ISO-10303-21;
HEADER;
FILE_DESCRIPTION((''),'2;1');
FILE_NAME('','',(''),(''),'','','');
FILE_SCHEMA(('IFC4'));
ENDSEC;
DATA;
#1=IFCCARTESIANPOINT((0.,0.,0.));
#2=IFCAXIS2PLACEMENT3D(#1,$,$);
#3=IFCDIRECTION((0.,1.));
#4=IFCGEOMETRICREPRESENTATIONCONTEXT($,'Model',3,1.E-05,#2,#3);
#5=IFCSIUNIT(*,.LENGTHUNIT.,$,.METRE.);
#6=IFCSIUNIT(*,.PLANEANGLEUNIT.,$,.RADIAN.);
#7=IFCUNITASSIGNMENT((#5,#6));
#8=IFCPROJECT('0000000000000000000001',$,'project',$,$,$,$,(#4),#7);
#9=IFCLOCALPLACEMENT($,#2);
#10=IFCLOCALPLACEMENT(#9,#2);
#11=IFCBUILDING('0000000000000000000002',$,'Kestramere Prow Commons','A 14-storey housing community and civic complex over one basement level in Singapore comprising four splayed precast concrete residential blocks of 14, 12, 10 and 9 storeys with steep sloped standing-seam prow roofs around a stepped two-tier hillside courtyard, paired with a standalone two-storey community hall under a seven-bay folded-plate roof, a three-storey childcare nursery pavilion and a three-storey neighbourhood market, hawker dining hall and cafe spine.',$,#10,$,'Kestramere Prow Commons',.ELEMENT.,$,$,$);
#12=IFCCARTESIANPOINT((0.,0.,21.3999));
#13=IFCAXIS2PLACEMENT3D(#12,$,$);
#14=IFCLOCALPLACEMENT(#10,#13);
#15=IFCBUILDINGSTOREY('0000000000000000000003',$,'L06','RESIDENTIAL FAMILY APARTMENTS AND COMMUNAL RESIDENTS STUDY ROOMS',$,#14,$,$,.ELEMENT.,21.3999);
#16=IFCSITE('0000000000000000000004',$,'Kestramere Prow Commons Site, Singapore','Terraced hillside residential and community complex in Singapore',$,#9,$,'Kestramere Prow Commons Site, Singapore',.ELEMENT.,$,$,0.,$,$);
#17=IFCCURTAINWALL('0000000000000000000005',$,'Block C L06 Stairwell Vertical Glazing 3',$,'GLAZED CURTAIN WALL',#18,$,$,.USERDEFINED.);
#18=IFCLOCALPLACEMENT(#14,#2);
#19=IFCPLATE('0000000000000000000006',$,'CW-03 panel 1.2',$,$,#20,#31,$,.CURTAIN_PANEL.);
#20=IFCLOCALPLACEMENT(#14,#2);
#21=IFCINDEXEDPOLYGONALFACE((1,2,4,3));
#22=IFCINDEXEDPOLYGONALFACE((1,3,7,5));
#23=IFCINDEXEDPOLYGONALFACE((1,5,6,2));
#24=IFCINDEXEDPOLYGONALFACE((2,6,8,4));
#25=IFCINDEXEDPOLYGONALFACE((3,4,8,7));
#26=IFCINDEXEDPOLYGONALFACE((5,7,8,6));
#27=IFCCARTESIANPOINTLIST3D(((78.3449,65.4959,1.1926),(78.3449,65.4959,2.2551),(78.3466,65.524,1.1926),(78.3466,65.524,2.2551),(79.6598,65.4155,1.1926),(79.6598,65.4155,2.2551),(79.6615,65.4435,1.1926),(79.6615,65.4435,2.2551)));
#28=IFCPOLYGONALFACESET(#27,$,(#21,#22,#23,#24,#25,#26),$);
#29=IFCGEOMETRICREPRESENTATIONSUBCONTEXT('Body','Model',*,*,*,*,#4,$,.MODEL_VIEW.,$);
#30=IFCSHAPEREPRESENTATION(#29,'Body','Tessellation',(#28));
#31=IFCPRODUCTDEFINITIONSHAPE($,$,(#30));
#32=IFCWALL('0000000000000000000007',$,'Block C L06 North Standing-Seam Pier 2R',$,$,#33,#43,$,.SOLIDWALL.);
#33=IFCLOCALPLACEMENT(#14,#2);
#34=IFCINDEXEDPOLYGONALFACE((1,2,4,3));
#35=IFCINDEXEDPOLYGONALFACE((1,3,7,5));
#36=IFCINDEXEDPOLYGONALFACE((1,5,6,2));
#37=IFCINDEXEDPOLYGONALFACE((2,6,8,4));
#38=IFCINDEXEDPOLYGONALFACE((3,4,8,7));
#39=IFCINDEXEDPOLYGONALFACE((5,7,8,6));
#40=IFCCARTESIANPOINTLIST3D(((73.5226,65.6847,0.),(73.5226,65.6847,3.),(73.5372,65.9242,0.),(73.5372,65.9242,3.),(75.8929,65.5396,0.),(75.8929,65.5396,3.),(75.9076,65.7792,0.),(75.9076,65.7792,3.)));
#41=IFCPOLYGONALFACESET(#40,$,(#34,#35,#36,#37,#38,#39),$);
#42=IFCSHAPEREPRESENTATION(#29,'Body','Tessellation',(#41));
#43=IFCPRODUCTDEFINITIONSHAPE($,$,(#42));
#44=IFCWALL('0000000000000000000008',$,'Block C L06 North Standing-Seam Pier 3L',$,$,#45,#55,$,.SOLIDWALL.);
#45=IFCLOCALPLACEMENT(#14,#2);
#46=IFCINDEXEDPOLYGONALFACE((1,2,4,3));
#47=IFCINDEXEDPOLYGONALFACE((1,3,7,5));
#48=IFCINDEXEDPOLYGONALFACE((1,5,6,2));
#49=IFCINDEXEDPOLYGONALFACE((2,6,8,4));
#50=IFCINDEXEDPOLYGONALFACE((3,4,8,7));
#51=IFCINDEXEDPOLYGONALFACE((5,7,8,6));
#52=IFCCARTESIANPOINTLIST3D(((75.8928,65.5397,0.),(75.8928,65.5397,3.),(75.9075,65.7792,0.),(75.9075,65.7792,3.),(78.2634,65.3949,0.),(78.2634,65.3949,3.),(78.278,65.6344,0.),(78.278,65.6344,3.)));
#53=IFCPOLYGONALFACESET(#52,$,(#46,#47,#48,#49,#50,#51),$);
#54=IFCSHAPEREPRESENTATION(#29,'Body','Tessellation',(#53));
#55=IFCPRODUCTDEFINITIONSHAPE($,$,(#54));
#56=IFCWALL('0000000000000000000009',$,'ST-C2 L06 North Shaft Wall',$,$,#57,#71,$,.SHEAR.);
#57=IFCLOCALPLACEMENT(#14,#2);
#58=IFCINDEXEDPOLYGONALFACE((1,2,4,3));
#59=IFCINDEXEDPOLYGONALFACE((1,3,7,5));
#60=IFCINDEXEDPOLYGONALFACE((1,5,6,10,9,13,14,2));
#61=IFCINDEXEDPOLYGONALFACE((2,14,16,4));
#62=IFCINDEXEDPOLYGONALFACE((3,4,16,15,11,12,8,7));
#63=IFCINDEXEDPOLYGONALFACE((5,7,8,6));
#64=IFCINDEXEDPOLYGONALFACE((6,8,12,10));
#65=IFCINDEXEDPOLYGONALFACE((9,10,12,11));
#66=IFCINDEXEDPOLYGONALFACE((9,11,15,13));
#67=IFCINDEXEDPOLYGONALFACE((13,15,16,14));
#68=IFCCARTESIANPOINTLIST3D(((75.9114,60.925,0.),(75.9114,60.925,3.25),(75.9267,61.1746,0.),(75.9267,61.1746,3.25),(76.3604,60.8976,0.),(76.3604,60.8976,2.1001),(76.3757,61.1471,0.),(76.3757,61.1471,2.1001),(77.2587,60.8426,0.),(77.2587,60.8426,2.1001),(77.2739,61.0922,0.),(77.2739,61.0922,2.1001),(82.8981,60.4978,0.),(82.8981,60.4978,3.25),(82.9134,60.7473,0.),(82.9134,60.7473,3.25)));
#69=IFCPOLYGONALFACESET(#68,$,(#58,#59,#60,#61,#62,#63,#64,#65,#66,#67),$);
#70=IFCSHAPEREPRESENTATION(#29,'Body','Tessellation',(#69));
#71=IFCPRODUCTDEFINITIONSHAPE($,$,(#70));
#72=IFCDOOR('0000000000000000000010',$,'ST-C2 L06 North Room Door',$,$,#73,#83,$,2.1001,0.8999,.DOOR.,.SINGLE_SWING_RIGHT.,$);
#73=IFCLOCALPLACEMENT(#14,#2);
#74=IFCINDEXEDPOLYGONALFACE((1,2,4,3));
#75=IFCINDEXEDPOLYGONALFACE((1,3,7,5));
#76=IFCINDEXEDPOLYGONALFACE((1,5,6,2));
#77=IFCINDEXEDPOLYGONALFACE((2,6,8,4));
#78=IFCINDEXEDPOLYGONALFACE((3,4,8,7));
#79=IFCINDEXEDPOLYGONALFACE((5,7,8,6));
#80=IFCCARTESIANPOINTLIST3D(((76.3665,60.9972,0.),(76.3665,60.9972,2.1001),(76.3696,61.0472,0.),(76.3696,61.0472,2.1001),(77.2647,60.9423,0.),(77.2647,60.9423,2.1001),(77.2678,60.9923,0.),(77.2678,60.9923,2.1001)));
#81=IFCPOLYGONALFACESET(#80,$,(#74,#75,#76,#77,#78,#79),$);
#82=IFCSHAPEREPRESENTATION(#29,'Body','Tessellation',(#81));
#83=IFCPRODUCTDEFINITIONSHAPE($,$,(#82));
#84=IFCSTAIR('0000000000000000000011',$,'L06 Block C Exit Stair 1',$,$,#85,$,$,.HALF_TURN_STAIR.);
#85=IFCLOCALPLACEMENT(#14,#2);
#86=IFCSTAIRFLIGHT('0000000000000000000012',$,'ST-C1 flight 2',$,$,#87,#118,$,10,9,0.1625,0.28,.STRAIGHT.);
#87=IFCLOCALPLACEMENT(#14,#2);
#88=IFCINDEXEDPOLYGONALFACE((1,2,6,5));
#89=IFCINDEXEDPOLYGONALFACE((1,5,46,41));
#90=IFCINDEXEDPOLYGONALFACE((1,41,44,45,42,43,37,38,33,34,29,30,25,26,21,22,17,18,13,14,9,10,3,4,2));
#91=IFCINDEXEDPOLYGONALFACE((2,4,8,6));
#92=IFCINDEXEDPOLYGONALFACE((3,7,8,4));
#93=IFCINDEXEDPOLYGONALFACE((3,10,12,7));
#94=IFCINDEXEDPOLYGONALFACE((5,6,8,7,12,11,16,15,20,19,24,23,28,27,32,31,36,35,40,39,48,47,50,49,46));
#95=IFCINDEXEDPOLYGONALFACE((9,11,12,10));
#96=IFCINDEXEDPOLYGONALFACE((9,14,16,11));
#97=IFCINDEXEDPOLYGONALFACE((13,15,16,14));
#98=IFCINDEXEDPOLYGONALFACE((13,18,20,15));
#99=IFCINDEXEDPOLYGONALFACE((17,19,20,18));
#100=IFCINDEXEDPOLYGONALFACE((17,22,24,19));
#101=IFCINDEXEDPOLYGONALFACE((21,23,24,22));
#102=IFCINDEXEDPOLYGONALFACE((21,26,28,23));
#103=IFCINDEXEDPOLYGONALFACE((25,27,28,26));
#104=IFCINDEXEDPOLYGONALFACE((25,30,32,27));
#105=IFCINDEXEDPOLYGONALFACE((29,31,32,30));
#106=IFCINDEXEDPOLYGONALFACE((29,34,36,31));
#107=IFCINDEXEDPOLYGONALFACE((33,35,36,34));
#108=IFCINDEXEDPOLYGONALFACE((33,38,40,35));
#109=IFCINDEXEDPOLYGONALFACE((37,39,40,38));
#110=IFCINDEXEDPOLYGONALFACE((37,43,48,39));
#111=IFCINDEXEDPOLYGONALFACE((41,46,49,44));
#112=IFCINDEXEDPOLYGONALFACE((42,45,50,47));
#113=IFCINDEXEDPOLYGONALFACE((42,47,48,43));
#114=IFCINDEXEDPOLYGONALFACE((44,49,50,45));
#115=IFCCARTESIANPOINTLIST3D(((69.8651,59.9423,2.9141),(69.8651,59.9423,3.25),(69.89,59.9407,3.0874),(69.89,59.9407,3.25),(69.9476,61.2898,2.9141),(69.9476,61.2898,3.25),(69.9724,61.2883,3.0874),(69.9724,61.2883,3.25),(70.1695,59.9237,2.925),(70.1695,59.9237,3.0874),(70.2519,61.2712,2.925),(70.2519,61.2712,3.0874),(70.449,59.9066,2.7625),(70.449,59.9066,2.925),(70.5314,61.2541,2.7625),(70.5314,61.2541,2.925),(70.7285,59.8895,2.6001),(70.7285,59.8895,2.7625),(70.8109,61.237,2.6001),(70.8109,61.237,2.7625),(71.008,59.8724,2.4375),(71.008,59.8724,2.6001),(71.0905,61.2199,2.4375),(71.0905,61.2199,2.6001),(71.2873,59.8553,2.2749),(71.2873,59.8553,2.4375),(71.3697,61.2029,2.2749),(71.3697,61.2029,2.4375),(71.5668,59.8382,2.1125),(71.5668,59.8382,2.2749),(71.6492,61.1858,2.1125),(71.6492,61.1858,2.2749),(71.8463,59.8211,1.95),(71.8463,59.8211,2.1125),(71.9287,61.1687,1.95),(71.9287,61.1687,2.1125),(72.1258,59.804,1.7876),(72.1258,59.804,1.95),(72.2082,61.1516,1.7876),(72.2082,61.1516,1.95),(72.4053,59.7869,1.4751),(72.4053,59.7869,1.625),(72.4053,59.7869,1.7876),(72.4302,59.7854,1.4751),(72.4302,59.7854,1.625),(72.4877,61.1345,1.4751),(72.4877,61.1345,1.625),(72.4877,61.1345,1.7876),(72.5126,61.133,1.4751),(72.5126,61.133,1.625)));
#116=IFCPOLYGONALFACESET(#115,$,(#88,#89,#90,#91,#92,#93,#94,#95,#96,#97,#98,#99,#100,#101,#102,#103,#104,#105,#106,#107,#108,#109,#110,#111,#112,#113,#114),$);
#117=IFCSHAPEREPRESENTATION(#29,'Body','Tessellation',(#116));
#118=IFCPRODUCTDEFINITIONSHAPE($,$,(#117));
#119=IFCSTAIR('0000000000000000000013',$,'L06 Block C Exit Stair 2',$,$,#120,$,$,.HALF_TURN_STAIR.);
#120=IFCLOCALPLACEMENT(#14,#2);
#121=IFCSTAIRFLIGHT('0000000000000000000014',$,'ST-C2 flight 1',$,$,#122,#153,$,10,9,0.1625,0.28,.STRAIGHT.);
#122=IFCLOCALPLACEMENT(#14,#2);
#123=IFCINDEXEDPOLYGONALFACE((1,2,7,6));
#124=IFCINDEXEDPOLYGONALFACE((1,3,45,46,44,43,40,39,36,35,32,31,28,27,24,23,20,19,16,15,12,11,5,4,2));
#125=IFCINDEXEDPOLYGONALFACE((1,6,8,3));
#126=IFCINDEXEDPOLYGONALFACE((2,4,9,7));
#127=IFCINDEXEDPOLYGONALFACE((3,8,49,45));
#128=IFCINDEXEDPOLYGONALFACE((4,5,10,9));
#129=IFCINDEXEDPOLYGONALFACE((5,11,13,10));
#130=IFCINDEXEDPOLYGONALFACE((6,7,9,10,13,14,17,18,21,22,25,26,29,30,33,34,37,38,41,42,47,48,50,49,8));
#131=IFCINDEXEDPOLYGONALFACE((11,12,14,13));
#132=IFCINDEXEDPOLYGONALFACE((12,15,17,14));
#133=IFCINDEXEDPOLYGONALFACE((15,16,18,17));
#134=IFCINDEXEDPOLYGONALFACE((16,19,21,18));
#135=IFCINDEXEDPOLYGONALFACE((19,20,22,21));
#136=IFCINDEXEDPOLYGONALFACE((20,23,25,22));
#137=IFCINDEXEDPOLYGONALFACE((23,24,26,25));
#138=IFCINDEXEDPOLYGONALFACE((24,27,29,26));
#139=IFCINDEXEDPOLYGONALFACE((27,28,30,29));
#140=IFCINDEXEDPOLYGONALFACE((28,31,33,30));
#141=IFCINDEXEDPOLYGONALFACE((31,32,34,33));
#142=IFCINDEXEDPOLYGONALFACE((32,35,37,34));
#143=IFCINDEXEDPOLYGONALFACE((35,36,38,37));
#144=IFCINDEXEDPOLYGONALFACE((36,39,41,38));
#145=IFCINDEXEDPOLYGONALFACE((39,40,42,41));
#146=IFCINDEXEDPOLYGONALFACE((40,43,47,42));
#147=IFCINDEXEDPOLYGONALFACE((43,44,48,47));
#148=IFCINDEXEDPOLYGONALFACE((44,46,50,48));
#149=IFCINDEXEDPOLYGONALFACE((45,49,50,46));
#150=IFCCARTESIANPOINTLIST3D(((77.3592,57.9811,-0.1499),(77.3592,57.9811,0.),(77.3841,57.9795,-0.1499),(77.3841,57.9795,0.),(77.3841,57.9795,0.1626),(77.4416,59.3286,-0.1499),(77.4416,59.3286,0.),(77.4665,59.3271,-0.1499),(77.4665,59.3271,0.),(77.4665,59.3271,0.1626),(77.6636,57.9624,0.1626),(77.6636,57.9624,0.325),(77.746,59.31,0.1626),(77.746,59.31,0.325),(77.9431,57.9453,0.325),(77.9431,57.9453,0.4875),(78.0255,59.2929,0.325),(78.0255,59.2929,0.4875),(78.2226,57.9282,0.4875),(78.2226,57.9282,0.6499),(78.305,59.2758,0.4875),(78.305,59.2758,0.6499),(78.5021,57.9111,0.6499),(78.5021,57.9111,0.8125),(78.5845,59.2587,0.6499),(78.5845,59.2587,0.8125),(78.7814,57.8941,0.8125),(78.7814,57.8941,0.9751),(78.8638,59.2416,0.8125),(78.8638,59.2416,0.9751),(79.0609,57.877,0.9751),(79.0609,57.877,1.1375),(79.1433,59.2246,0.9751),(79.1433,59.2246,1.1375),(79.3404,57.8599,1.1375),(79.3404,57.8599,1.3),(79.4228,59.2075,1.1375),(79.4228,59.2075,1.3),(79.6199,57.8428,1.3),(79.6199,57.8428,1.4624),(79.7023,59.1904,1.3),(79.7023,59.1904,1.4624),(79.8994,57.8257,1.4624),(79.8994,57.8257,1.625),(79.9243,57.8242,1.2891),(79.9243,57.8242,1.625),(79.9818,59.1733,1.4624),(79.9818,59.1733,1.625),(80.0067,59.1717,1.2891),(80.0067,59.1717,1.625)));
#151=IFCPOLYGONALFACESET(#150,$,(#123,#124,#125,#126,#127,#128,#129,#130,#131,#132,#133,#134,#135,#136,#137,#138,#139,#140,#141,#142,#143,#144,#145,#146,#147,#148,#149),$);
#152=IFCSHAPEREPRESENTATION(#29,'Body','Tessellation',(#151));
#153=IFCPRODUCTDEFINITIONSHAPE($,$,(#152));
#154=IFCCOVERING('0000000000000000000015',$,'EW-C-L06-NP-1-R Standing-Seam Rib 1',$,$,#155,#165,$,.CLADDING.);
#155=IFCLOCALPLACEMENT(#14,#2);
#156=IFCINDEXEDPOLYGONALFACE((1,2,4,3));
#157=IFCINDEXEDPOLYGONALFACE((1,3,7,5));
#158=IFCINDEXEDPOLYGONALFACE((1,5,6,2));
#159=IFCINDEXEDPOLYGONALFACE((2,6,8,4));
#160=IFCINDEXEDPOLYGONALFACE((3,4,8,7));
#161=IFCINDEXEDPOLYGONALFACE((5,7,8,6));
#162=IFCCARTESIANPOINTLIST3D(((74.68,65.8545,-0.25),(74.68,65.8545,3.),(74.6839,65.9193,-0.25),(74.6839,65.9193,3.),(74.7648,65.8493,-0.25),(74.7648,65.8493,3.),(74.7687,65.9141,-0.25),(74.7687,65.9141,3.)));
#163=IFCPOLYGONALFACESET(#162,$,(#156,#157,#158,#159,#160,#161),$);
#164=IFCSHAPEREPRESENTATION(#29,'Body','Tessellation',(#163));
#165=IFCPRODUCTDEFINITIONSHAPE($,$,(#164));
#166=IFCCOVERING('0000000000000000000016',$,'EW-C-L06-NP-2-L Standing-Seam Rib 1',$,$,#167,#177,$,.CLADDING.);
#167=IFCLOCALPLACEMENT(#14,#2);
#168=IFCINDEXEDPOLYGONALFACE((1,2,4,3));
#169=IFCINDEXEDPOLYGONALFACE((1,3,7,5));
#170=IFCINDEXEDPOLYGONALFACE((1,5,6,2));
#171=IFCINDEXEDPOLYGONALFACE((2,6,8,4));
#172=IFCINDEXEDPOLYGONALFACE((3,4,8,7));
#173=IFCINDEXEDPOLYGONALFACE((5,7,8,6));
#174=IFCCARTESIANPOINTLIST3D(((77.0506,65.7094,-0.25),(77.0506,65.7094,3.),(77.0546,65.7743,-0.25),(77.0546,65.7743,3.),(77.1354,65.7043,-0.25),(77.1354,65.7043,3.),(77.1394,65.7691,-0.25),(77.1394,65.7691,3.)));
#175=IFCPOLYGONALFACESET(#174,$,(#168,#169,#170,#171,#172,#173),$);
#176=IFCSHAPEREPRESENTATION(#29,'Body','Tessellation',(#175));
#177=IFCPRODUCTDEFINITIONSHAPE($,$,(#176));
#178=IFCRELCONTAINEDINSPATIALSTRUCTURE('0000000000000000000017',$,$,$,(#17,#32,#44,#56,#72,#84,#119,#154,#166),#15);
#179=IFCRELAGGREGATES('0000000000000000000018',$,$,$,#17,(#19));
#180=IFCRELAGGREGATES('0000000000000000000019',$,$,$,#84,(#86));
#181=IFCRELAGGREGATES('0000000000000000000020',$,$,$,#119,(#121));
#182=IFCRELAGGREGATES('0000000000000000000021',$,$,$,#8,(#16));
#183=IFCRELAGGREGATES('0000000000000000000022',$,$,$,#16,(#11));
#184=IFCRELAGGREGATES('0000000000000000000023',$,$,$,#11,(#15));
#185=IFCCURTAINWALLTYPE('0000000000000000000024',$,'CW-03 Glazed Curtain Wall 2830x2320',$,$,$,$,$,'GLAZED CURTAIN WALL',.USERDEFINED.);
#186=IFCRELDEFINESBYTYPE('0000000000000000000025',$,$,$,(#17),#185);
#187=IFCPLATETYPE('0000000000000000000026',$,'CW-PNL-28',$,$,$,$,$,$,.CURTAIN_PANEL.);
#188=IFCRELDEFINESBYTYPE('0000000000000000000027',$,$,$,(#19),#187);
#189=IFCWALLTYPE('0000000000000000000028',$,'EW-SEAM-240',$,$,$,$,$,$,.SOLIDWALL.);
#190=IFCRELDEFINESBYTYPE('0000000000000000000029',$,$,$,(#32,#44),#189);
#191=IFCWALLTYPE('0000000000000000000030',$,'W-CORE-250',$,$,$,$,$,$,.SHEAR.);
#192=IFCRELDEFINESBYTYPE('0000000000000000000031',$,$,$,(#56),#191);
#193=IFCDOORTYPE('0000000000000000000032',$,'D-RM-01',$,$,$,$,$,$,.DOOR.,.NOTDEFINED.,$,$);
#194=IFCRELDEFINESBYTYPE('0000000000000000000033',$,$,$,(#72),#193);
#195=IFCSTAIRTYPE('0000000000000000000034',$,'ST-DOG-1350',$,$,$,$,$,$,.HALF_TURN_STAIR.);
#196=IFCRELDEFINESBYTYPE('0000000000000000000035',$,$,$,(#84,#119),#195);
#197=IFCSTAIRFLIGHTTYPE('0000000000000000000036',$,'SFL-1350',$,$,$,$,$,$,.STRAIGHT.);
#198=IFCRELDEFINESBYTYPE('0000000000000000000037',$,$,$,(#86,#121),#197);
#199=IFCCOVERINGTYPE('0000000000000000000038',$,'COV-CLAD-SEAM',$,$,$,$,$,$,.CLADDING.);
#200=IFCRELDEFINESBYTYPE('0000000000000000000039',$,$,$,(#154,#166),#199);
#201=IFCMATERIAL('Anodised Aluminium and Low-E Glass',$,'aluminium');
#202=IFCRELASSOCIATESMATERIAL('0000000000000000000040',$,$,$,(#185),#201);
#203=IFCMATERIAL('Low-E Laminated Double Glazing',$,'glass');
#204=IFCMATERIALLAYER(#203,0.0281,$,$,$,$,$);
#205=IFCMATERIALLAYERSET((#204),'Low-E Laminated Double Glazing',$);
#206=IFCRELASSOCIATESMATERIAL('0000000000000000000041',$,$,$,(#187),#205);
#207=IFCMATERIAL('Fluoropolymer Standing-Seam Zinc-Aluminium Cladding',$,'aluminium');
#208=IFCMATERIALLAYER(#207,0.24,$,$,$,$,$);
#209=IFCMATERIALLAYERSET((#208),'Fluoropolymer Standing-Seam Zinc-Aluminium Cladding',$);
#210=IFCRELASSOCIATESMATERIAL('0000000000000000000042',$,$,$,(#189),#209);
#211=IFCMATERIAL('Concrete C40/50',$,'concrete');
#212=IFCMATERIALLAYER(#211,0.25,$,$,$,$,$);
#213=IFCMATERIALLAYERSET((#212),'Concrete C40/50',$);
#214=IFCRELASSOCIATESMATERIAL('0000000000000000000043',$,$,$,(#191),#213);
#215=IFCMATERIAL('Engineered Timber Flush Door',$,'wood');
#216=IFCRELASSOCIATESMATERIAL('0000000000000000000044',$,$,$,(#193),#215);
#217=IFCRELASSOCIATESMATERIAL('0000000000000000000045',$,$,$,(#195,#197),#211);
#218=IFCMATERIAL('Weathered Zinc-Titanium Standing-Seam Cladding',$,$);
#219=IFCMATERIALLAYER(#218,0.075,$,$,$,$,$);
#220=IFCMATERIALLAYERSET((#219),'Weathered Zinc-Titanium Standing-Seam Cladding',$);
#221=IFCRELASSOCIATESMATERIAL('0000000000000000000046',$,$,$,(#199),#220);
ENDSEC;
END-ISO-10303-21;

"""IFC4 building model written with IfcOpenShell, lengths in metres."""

from ifc_helpers import new_model, si_unit, direction, frame, frame_2d, origin, origin_2d, place, context, subcontext, project, spatial, polyline, rectangle, outline, extrude, material, layer, layer_set, type_object, element, fill, aggregate, save


model = new_model("IFC4")

# Units and contexts
model_context = context("Model", 3, precision=1e-05, world=origin(), true_north=direction((0.0, 1.0)))
body_context = subcontext(model_context, "Body", "Model", "MODEL_VIEW")
ifc_project = project(units=[si_unit("LENGTHUNIT", "METRE"), si_unit("PLANEANGLEUNIT", "RADIAN")], contexts=[model_context])

# Site, building, storey
site_placement = place(None, origin())
site = spatial("IfcSite", under=ifc_project, at=site_placement, Name="Kestramere Prow Commons Site, Singapore", Description="Terraced hillside residential and community complex in Singapore", LongName="Kestramere Prow Commons Site, Singapore", CompositionType="ELEMENT", RefElevation=0.0)
building_placement = place(site_placement, origin())
building = spatial("IfcBuilding", under=site, at=building_placement, Name="Kestramere Prow Commons", Description="A 14-storey housing community and civic complex over one basement level in Singapore comprising four splayed precast concrete residential blocks of 14, 12, 10 and 9 storeys with steep sloped standing-seam prow roofs around a stepped two-tier hillside courtyard, paired with a standalone two-storey community hall under a seven-bay folded-plate roof, a three-storey childcare nursery pavilion and a three-storey neighbourhood market, hawker dining hall and cafe spine.", LongName="Kestramere Prow Commons", CompositionType="ELEMENT")
storey_placement = place(building_placement, frame((0.0, 0.0, 21.3999)))
storey = spatial("IfcBuildingStorey", under=building, at=storey_placement, Name="L06", Description="RESIDENTIAL FAMILY APARTMENTS AND COMMUNAL RESIDENTS STUDY ROOMS", CompositionType="ELEMENT", Elevation=21.3999)

# Curtain wall
ifc_material_1 = material(Name="Anodised Aluminium and Low-E Glass", Category="aluminium")
curtain_wall_type = type_object("IfcCurtainWallType", Name="CW-03 Glazed Curtain Wall 2830x2320", ElementType="GLAZED CURTAIN WALL", PredefinedType="USERDEFINED", material=ifc_material_1)
curtain_wall_1_placement = place(storey_placement, origin())
curtain_wall_1 = element("IfcCurtainWall", 1, at=curtain_wall_1_placement, inside=storey, type_object=curtain_wall_type, Name="Block C L06 Stairwell Vertical Glazing 3", ObjectType="GLAZED CURTAIN WALL", PredefinedType="USERDEFINED")

# Plate
ifc_material_2 = material(Name="Low-E Laminated Double Glazing", Category="glass")
ifc_layer_1 = layer(ifc_material_2, 0.0281)
ifc_layer_set_1 = layer_set([ifc_layer_1], Name="Low-E Laminated Double Glazing")
plate_type = type_object("IfcPlateType", Name="CW-PNL-28", PredefinedType="CURTAIN_PANEL", material=ifc_layer_set_1)
plate_1_placement = place(storey_placement, frame((79.0032, 65.4697, 1.1926), z_axis=(0.0, 0.0, 1.0), x_axis=(0.998135, -0.061048, 0.0)))
plate_1 = element("IfcPlate", 2, at=plate_1_placement, type_object=plate_type, Name="CW-03 panel 1.2", PredefinedType="CURTAIN_PANEL", context=body_context, shape_type="SweptSolid", body=[
    extrude(rectangle(XDim=1.3174, YDim=0.0281, at=origin_2d()), origin(), (0.0, 0.0, 1.0), 1.0625),
])
aggregate(curtain_wall_1, [plate_1])

# Walls
ifc_material_3 = material(Name="Fluoropolymer Standing-Seam Zinc-Aluminium Cladding", Category="aluminium")
ifc_layer_2 = layer(ifc_material_3, 0.24)
ifc_layer_set_2 = layer_set([ifc_layer_2], Name="Fluoropolymer Standing-Seam Zinc-Aluminium Cladding")
wall_type_1 = type_object("IfcWallType", Name="EW-SEAM-240", PredefinedType="SOLIDWALL", material=ifc_layer_set_2)
wall_1_placement = place(storey_placement, frame((73.5298, 65.8044, 0.0), z_axis=(0.0, 0.0, 1.0), x_axis=(0.998134, -0.061066, 0.0)))
element("IfcWall", 3, at=wall_1_placement, inside=storey, type_object=wall_type_1, Name="Block C L06 North Standing-Seam Pier 2R", PredefinedType="SOLIDWALL", context=body_context, shape_type="SweptSolid", body=[
    extrude(rectangle(XDim=2.3748, YDim=0.24, at=frame_2d((1.1875, 0.0))), origin(), (0.0, 0.0, 1.0), 3.0),
])
wall_2_placement = place(storey_placement, frame((75.9001, 65.6594, 0.0), z_axis=(0.0, 0.0, 1.0), x_axis=(0.99814, -0.060957, 0.0)))
element("IfcWall", 4, at=wall_2_placement, inside=storey, type_object=wall_type_1, Name="Block C L06 North Standing-Seam Pier 3L", PredefinedType="SOLIDWALL", context=body_context, shape_type="SweptSolid", body=[
    extrude(rectangle(XDim=2.375, YDim=0.24, at=frame_2d((1.1875, 0.0))), origin(), (0.0, 0.0, 1.0), 3.0),
])

# Wall, opening, door
ifc_material_4 = material(Name="Concrete C40/50", Category="concrete")
ifc_layer_3 = layer(ifc_material_4, 0.25)
ifc_layer_set_3 = layer_set([ifc_layer_3], Name="Concrete C40/50")
wall_type_2 = type_object("IfcWallType", Name="W-CORE-250", PredefinedType="SHEAR", material=ifc_layer_set_3)
wall_3_placement = place(storey_placement, frame((75.9189, 61.0498, 0.0), z_axis=(0.0, 0.0, 1.0), x_axis=(0.998136, -0.061036, 0.0)))
wall_3 = element("IfcWall", 5, at=wall_3_placement, inside=storey, type_object=wall_type_2, Name="ST-C2 L06 North Shaft Wall", PredefinedType="SHEAR", context=body_context, shape_type="SweptSolid", body=[
    extrude(rectangle(XDim=6.9998, YDim=0.25, at=frame_2d((3.5, 0.0))), origin(), (0.0, 0.0, 1.0), 3.25),
])
opening_placement = place(wall_3_placement, frame((0.45, 0.0, 0.0)))
opening = element("IfcOpeningElement", 6, at=opening_placement, cuts=wall_3, PredefinedType="OPENING", context=body_context, shape_type="SweptSolid", body=[
    extrude(rectangle(XDim=0.8999, YDim=2.1001, at=frame_2d((0.45, 1.05))), frame((0.0, 0.1399, 0.0), z_axis=(0.0, -1.0, 0.0), x_axis=(1.0, 0.0, 0.0)), (0.0, 0.0, 1.0), 0.28),
])
ifc_material_5 = material(Name="Engineered Timber Flush Door", Category="wood")
door_type = type_object("IfcDoorType", Name="D-RM-01", OperationType="NOTDEFINED", PredefinedType="DOOR", material=ifc_material_5)
door_placement = place(opening_placement, origin())
door = element("IfcDoor", 7, at=door_placement, inside=storey, type_object=door_type, Name="ST-C2 L06 North Room Door", OperationType="SINGLE_SWING_RIGHT", OverallHeight=2.1001, OverallWidth=0.8999, PredefinedType="DOOR", context=body_context, shape_type="SweptSolid", body=[
    extrude(rectangle(XDim=0.8999, YDim=2.1001, at=frame_2d((0.45, 1.05))), frame((0.0, 0.0249, 0.0), z_axis=(0.0, -1.0, 0.0), x_axis=(1.0, 0.0, 0.0)), (0.0, 0.0, 1.0), 0.05),
])
fill(opening, door)

# Stairs, stair flights
stair_type = type_object("IfcStairType", Name="ST-DOG-1350", PredefinedType="HALF_TURN_STAIR", material=ifc_material_4)
stair_1_placement = place(storey_placement, origin())
stair_1 = element("IfcStair", 8, at=stair_1_placement, inside=storey, type_object=stair_type, Name="L06 Block C Exit Stair 1", PredefinedType="HALF_TURN_STAIR")
stair_flight_type = type_object("IfcStairFlightType", Name="SFL-1350", PredefinedType="STRAIGHT", material=ifc_material_4)
stair_flight_1_placement = place(storey_placement, frame((72.4465, 60.4607, 1.625), z_axis=(0.0, 0.0, 1.0), x_axis=(-0.998135, 0.061049, 0.0)))
stair_flight_1 = element("IfcStairFlight", 9, at=stair_flight_1_placement, type_object=stair_flight_type, Name="ST-C1 flight 2", NumberOfRisers=10, NumberOfTreads=9, PredefinedType="STRAIGHT", RiserHeight=0.1625, TreadLength=0.28, context=body_context, shape_type="SweptSolid", body=[
    extrude(outline(polyline([(-0.0249, 0.0), (0.0, 0.0), (0.0, 0.1626), (0.28, 0.1626), (0.28, 0.325), (0.5601, 0.325), (0.5601, 0.4875), (0.8401, 0.4875), (0.8401, 0.6499), (1.1201, 0.6499), (1.1201, 0.8125), (1.3999, 0.8125), (1.3999, 0.9751), (1.6799, 0.9751), (1.6799, 1.1375), (1.96, 1.1375), (1.96, 1.3), (2.24, 1.3), (2.24, 1.4624), (2.52, 1.4624), (2.52, 1.625), (2.5449, 1.625), (2.5449, 1.2891), (0.0, -0.1499), (-0.0249, -0.1499), (-0.0249, 0.0)])), frame((0.0, 0.675, 0.0), z_axis=(0.0, -1.0, 0.0), x_axis=(1.0, 0.0, 0.0)), (0.0, 0.0, 1.0), 1.3501),
])
aggregate(stair_1, [stair_flight_1])
stair_2_placement = place(storey_placement, origin())
stair_2 = element("IfcStair", 10, at=stair_2_placement, inside=storey, type_object=stair_type, Name="L06 Block C Exit Stair 2", PredefinedType="HALF_TURN_STAIR")
stair_flight_2_placement = place(storey_placement, frame((77.4253, 58.6533, 0.0), z_axis=(0.0, 0.0, 1.0), x_axis=(0.998135, -0.061049, 0.0)))
stair_flight_2 = element("IfcStairFlight", 11, at=stair_flight_2_placement, type_object=stair_flight_type, Name="ST-C2 flight 1", NumberOfRisers=10, NumberOfTreads=9, PredefinedType="STRAIGHT", RiserHeight=0.1625, TreadLength=0.28, context=body_context, shape_type="SweptSolid", body=[
    extrude(outline(polyline([(-0.0249, 0.0), (0.0, 0.0), (0.0, 0.1626), (0.28, 0.1626), (0.28, 0.325), (0.5601, 0.325), (0.5601, 0.4875), (0.8401, 0.4875), (0.8401, 0.6499), (1.1201, 0.6499), (1.1201, 0.8125), (1.3999, 0.8125), (1.3999, 0.9751), (1.6799, 0.9751), (1.6799, 1.1375), (1.96, 1.1375), (1.96, 1.3), (2.24, 1.3), (2.24, 1.4624), (2.52, 1.4624), (2.52, 1.625), (2.5449, 1.625), (2.5449, 1.2891), (0.0, -0.1499), (-0.0249, -0.1499), (-0.0249, 0.0)])), frame((0.0, 0.675, 0.0), z_axis=(0.0, -1.0, 0.0), x_axis=(1.0, 0.0, 0.0)), (0.0, 0.0, 1.0), 1.3501),
])
aggregate(stair_2, [stair_flight_2])

# Coverings
ifc_material_6 = material(Name="Weathered Zinc-Titanium Standing-Seam Cladding")
ifc_layer_4 = layer(ifc_material_6, 0.075)
ifc_layer_set_4 = layer_set([ifc_layer_4], Name="Weathered Zinc-Titanium Standing-Seam Cladding")
covering_type = type_object("IfcCoveringType", Name="COV-CLAD-SEAM", PredefinedType="CLADDING", material=ifc_layer_set_4)
for number, where, z_axis, x_axis, name in (
    (12, (74.7244, 65.8843, -0.25), (0.0, 0.0, 1.0), (0.998135, -0.061049, 0.0), "EW-C-L06-NP-1-R Standing-Seam Rib 1"),
    (13, (77.095, 65.7393, -0.25), (0.0, 0.0, 1.0), (0.998135, -0.061049, 0.0), "EW-C-L06-NP-2-L Standing-Seam Rib 1"),
):
    element("IfcCovering", number, at=place(storey_placement, frame(where, z_axis=z_axis, x_axis=x_axis)), inside=storey, type_object=covering_type, Name=name, PredefinedType="CLADDING", context=body_context, shape_type="SweptSolid", body=[
        extrude(rectangle(XDim=0.085, YDim=0.0649, at=origin_2d()), origin(), (0.0, 0.0, 1.0), 3.25),
    ])

save(model, "model.ifc")
